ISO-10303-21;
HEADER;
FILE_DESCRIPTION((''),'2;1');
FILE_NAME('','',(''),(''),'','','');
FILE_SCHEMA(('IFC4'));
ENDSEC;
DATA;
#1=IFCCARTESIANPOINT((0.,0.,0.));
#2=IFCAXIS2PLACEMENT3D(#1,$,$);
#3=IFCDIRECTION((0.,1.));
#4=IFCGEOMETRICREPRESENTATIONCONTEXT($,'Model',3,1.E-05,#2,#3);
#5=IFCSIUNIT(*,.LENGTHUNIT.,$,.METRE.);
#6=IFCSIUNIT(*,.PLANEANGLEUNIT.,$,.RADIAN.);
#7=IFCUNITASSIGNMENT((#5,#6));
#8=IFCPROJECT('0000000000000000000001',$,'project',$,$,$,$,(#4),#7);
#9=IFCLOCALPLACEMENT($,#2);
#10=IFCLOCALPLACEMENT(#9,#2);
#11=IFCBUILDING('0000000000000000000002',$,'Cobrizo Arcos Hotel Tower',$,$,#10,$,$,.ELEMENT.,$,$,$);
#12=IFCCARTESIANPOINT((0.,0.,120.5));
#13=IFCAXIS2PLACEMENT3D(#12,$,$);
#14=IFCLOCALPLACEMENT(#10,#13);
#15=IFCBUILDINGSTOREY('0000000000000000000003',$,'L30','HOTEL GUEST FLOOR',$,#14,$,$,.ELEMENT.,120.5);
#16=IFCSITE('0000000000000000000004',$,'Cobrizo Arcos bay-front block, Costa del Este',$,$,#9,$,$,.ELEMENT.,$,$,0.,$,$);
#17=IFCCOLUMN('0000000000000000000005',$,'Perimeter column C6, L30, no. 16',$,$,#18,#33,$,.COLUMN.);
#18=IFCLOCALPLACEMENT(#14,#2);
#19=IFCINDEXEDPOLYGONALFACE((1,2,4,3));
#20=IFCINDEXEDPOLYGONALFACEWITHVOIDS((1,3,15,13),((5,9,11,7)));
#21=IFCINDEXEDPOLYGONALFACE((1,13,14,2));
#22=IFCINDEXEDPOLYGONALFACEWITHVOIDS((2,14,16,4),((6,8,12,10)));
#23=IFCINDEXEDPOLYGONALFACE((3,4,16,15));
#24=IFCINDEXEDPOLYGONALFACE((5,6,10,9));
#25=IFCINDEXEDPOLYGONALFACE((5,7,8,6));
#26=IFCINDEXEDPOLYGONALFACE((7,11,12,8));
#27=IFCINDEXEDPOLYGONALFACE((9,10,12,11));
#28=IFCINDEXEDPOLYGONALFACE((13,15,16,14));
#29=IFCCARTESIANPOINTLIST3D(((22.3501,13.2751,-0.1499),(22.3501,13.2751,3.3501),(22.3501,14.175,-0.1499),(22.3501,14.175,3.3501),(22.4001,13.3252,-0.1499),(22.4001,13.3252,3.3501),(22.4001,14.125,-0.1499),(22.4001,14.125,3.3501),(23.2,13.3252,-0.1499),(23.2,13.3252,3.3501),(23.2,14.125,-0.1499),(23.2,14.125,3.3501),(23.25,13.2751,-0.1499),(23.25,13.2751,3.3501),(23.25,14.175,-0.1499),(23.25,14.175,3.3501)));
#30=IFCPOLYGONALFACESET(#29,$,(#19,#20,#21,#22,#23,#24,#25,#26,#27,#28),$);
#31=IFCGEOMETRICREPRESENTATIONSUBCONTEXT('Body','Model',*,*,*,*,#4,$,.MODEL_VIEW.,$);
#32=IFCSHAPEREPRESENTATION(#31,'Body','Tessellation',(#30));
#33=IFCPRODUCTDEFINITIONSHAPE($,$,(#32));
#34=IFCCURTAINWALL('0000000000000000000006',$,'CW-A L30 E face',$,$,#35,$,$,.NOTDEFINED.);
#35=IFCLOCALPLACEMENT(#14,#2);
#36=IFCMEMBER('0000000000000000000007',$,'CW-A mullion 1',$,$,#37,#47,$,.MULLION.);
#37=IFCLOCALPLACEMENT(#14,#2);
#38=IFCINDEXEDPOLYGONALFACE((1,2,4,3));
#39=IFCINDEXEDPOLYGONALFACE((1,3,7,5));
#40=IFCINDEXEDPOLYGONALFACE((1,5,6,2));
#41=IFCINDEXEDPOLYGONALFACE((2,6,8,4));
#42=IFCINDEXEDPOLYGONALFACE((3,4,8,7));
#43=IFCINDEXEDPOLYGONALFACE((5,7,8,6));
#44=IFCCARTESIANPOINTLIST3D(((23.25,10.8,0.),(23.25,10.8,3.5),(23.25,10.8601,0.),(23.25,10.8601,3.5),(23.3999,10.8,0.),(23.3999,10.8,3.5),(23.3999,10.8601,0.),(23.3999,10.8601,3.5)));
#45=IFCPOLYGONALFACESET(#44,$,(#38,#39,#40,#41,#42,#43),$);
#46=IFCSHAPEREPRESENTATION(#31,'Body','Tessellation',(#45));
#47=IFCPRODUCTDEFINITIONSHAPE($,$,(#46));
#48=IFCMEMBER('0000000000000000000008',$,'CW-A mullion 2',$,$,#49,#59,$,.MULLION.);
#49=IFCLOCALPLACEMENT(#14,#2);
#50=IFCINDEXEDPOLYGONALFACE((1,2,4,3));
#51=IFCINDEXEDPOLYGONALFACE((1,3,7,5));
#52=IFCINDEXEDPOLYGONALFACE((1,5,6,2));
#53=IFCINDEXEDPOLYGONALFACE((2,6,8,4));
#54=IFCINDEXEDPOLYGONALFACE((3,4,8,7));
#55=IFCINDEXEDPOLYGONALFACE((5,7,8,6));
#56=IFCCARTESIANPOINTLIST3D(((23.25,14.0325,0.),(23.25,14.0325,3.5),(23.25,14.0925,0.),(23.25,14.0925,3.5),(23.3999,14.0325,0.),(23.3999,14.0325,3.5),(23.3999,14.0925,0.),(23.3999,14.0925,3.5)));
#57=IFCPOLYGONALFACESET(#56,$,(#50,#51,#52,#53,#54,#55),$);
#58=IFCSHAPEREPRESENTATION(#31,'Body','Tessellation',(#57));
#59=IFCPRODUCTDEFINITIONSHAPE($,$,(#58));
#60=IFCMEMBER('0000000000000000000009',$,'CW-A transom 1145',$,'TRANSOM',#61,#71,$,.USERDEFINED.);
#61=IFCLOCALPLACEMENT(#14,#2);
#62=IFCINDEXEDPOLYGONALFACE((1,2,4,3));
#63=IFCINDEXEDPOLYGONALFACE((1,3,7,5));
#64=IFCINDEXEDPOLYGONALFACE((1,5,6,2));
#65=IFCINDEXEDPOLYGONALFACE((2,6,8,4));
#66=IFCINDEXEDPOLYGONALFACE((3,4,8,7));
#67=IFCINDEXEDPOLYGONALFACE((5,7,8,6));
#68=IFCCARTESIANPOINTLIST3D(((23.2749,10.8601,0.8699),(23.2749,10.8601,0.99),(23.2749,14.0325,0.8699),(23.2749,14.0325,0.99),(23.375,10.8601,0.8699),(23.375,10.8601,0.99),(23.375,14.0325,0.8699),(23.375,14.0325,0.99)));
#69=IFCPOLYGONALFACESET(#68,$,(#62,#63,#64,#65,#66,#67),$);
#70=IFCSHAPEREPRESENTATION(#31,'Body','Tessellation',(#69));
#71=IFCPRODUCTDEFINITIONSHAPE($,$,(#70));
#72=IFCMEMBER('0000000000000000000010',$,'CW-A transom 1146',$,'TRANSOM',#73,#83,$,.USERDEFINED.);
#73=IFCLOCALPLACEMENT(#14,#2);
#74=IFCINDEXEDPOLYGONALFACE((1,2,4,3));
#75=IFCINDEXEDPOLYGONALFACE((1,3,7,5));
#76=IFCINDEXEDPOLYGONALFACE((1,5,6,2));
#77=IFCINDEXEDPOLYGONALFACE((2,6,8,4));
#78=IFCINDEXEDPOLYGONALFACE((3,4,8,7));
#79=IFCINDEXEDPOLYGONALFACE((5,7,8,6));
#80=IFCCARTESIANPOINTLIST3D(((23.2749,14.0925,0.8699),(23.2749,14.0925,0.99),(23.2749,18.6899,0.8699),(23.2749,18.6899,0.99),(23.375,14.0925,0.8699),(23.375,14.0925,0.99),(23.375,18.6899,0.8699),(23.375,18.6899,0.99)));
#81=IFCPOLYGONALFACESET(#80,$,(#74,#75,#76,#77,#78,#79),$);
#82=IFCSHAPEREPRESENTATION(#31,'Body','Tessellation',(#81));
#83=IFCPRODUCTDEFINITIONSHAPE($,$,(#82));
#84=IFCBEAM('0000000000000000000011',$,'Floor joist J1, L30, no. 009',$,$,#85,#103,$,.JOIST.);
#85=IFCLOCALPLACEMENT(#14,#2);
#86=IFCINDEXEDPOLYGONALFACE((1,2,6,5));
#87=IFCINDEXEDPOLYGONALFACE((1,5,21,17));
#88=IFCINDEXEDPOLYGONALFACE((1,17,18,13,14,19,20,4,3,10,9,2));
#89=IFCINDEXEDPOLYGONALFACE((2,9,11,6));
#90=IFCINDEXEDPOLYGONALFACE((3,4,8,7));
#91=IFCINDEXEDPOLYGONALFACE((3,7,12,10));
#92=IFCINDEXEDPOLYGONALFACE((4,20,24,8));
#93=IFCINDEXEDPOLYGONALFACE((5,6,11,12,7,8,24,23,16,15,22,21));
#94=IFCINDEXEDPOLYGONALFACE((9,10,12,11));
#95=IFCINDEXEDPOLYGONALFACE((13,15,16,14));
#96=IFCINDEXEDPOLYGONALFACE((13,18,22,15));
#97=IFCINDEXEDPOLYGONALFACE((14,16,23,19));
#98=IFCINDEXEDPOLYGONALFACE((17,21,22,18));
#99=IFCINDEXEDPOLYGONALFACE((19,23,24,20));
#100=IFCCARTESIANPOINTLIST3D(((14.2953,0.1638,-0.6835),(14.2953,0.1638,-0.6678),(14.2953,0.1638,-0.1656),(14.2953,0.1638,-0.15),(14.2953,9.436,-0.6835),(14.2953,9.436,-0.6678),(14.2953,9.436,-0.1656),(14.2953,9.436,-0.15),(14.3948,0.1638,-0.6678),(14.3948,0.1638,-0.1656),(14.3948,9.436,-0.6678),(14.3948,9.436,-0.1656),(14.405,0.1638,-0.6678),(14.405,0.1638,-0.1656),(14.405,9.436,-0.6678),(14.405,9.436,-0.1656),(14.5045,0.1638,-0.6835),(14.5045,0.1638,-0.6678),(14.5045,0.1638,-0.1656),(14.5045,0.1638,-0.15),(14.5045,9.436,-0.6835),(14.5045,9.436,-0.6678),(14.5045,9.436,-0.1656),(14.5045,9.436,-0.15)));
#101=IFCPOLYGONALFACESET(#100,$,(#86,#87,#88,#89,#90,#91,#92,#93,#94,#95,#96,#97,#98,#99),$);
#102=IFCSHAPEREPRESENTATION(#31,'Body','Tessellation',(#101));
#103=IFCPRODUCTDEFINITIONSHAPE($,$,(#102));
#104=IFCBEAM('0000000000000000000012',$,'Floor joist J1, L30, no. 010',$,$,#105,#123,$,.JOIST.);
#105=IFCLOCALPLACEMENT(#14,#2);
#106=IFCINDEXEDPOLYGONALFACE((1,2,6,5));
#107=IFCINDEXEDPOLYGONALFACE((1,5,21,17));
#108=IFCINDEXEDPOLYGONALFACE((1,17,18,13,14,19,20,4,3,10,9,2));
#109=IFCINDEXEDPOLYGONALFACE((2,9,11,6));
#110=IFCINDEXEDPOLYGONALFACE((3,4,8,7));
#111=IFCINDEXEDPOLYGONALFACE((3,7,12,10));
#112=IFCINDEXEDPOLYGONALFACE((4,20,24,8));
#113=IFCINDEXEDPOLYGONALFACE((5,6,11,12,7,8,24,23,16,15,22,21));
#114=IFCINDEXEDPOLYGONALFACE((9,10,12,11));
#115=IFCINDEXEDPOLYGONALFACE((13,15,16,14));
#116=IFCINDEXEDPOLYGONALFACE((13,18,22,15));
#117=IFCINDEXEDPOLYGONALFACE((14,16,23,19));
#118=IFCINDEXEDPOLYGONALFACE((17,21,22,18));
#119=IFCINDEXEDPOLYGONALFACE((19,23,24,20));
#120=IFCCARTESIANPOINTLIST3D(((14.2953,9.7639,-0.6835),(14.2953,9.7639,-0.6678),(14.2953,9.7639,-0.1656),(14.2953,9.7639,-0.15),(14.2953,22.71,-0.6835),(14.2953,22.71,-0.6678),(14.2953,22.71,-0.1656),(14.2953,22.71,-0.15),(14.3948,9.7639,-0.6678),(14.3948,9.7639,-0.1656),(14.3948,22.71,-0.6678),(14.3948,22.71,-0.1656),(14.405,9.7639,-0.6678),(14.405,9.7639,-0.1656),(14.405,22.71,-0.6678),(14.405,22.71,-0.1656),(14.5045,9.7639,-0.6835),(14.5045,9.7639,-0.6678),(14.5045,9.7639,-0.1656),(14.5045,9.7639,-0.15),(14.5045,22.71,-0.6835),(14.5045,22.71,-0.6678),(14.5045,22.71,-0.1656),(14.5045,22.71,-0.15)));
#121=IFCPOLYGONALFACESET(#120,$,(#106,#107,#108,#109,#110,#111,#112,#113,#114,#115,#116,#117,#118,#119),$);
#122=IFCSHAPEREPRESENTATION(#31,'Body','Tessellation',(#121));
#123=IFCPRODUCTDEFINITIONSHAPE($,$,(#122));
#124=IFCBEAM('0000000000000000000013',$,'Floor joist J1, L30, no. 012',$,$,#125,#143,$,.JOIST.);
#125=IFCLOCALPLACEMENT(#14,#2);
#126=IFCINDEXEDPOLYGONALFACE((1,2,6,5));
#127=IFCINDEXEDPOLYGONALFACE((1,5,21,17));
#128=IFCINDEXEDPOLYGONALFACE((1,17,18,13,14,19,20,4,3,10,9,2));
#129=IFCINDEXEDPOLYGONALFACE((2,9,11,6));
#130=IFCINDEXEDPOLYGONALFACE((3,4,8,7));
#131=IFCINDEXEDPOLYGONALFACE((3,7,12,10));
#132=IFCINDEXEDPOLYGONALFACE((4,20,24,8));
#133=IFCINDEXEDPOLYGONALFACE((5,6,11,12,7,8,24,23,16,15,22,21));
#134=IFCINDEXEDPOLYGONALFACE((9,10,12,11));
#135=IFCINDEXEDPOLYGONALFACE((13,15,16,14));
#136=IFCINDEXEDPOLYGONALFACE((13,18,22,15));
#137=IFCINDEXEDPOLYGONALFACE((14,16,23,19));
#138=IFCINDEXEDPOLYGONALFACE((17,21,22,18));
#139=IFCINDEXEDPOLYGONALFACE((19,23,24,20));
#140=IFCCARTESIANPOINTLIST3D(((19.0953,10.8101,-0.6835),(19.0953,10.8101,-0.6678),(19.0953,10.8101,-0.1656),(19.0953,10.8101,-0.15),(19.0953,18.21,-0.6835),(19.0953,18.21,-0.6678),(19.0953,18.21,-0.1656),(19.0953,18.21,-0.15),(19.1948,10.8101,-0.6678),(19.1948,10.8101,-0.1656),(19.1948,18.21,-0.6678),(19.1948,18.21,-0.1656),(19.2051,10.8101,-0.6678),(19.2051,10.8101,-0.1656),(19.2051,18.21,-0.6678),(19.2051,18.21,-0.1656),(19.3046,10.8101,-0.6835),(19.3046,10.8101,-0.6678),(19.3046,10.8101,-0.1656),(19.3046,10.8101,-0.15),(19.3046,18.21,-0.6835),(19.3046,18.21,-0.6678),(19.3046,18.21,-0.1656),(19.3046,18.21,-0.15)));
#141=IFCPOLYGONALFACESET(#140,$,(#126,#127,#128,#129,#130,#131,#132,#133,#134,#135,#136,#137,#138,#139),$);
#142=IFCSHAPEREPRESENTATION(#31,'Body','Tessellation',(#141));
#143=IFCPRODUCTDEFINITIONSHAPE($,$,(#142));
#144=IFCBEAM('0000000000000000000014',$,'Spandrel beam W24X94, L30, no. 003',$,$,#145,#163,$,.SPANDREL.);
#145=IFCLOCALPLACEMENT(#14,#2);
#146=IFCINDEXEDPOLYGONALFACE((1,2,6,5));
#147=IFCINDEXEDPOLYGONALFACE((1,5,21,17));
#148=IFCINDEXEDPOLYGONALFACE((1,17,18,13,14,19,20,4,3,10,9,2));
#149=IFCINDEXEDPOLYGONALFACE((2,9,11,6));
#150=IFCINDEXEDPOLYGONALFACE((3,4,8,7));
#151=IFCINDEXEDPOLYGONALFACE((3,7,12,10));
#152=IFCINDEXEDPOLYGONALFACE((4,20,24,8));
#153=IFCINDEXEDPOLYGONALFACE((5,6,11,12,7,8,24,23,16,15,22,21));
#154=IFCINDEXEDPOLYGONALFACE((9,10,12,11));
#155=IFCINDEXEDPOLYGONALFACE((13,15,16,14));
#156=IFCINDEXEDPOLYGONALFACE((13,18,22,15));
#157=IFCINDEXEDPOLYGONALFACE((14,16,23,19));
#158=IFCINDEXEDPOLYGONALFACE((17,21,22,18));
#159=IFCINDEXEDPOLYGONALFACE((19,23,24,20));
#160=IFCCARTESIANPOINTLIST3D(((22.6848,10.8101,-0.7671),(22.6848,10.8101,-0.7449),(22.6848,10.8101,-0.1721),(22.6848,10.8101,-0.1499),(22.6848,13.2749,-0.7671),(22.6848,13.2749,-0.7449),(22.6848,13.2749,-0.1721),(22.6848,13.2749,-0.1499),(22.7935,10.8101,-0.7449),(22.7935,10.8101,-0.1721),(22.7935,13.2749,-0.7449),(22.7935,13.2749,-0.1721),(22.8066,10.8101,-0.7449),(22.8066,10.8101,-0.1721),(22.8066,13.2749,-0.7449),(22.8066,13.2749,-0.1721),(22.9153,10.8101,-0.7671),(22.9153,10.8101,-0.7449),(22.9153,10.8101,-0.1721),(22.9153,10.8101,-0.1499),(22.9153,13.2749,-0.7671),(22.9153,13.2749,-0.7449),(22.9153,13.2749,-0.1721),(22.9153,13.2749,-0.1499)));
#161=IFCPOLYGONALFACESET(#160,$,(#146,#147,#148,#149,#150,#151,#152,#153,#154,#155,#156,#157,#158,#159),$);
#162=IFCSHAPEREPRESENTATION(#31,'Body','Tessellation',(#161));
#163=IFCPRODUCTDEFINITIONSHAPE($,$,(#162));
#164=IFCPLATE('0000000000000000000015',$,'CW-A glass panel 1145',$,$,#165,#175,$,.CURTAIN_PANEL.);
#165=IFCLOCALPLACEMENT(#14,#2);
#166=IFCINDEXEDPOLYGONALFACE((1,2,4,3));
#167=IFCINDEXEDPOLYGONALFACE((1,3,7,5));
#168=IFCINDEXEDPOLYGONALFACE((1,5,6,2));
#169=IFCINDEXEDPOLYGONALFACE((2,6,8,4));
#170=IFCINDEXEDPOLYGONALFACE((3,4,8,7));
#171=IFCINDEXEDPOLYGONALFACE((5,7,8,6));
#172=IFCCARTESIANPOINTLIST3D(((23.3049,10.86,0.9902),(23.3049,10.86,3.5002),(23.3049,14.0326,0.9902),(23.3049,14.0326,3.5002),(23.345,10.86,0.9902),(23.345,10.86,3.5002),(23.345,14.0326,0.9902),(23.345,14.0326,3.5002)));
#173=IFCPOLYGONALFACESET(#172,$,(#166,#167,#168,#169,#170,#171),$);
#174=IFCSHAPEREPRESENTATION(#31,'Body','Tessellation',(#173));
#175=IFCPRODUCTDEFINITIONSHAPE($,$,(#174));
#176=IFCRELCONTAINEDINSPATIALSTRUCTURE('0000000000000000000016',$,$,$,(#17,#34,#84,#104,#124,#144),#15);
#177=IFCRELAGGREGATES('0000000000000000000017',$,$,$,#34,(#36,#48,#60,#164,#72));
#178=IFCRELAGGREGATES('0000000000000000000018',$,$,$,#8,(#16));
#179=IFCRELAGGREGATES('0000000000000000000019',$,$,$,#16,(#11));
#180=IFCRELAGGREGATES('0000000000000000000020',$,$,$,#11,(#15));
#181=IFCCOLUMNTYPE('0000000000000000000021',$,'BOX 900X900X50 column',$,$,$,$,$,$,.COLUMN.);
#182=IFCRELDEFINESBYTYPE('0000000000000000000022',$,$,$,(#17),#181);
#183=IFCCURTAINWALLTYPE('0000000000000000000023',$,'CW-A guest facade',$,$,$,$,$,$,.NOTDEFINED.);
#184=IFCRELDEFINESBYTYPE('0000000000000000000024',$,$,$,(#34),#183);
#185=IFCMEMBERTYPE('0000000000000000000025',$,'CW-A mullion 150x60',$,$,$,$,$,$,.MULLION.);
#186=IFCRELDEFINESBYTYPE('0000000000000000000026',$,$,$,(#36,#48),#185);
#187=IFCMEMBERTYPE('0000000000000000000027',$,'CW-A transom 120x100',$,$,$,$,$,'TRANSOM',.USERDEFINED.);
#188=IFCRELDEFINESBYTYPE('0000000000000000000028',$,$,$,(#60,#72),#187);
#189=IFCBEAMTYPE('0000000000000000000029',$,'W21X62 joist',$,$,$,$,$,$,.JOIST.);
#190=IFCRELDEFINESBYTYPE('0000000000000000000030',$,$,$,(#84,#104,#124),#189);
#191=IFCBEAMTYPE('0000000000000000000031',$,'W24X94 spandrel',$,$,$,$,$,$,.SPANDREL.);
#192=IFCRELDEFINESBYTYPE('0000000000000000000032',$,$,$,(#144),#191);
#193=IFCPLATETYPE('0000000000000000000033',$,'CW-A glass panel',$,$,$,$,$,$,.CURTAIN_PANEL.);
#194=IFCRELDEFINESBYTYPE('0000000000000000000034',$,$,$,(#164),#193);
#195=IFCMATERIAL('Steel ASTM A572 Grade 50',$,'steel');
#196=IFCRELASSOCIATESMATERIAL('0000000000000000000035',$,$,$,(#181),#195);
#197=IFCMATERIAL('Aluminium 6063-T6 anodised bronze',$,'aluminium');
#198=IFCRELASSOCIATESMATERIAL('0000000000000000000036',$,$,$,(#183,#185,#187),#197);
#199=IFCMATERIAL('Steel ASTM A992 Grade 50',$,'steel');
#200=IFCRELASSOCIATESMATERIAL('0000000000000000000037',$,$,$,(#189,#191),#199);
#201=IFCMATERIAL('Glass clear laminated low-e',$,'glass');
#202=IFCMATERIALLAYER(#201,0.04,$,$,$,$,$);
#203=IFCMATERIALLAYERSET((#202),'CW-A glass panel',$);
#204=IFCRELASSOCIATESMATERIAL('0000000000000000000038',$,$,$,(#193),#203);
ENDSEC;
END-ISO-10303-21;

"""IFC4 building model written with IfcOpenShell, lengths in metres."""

from ifc_helpers import new_model, si_unit, direction, frame, origin, origin_2d, place, context, subcontext, project, spatial, rectangle, hollow_rectangle, i_section, extrude, material, layer, layer_set, material_profile, profile_set, type_object, element, aggregate, save


model = new_model("IFC4")

# Units and contexts
model_context = context("Model", 3, precision=1e-05, world=origin(), true_north=direction((0.0, 1.0)))
body_context = subcontext(model_context, "Body", "Model", "MODEL_VIEW")
ifc_project = project(units=[si_unit("LENGTHUNIT", "METRE"), si_unit("PLANEANGLEUNIT", "RADIAN")], contexts=[model_context])

# Site, building, storey
site_placement = place(None, origin())
site = spatial("IfcSite", under=ifc_project, at=site_placement, Name="Cobrizo Arcos bay-front block, Costa del Este", CompositionType="ELEMENT", RefElevation=0.0)
building_placement = place(site_placement, origin())
building = spatial("IfcBuilding", under=site, at=building_placement, Name="Cobrizo Arcos Hotel Tower", CompositionType="ELEMENT")
storey_placement = place(building_placement, frame((0.0, 0.0, 120.5)))
storey = spatial("IfcBuildingStorey", under=building, at=storey_placement, Name="L30", Description="HOTEL GUEST FLOOR", CompositionType="ELEMENT", Elevation=120.5)

# Column
ifc_material_1 = material(Name="Steel ASTM A572 Grade 50", Category="steel")
ifc_material_profile_1 = material_profile(ifc_material_1, hollow_rectangle(XDim=0.8999, YDim=0.8999, WallThickness=0.05, at=origin_2d()), Name="BOX 900X900X50")
ifc_profile_set_1 = profile_set([ifc_material_profile_1], Name="Steel ASTM A572 Grade 50")
column_type = type_object("IfcColumnType", Name="BOX 900X900X50 column", PredefinedType="COLUMN", material=ifc_profile_set_1)
column_placement = place(storey_placement, frame((22.8, 13.7251, -0.1499), z_axis=(0.0, 0.0, 1.0), x_axis=(1.0, 0.0, 0.0)))
element("IfcColumn", 1, at=column_placement, inside=storey, type_object=column_type, Name="Perimeter column C6, L30, no. 16", PredefinedType="COLUMN", context=body_context, shape_type="SweptSolid", body=[
    extrude(hollow_rectangle(XDim=0.8999, YDim=0.8999, WallThickness=0.05, at=origin_2d()), origin(), (0.0, 0.0, 1.0), 3.5),
])

# Curtain wall, members
ifc_material_2 = material(Name="Aluminium 6063-T6 anodised bronze", Category="aluminium")
curtain_wall_type = type_object("IfcCurtainWallType", Name="CW-A guest facade", PredefinedType="NOTDEFINED", material=ifc_material_2)
curtain_wall_placement = place(storey_placement, origin())
curtain_wall = element("IfcCurtainWall", 2, at=curtain_wall_placement, inside=storey, type_object=curtain_wall_type, Name="CW-A L30 E face", PredefinedType="NOTDEFINED")
ifc_material_profile_2 = material_profile(ifc_material_2, rectangle(XDim=0.1499, YDim=0.0601, at=origin_2d()), Name="CW-A mullion 150x60")
ifc_profile_set_2 = profile_set([ifc_material_profile_2], Name="Aluminium 6063-T6 anodised bronze")
member_type_1 = type_object("IfcMemberType", Name="CW-A mullion 150x60", PredefinedType="MULLION", material=ifc_profile_set_2)
member_1_placement = place(storey_placement, frame((23.325, 10.8301, 0.0), z_axis=(0.0, 0.0, 1.0), x_axis=(1.0, 0.0, 0.0)))
member_1 = element("IfcMember", 3, at=member_1_placement, type_object=member_type_1, Name="CW-A mullion 1", PredefinedType="MULLION", context=body_context, shape_type="SweptSolid", body=[
    extrude(rectangle(XDim=0.1499, YDim=0.0601, at=origin_2d()), origin(), (0.0, 0.0, 1.0), 3.5),
])
member_2_placement = place(storey_placement, frame((23.325, 14.0625, 0.0), z_axis=(0.0, 0.0, 1.0), x_axis=(1.0, 0.0, 0.0)))
member_2 = element("IfcMember", 4, at=member_2_placement, type_object=member_type_1, Name="CW-A mullion 2", PredefinedType="MULLION", context=body_context, shape_type="SweptSolid", body=[
    extrude(rectangle(XDim=0.1499, YDim=0.0601, at=origin_2d()), origin(), (0.0, 0.0, 1.0), 3.5),
])
ifc_material_profile_3 = material_profile(ifc_material_2, rectangle(XDim=0.1001, YDim=0.1201, at=origin_2d()), Name="CW-A transom 120x100")
ifc_profile_set_3 = profile_set([ifc_material_profile_3], Name="Aluminium 6063-T6 anodised bronze")
member_type_2 = type_object("IfcMemberType", Name="CW-A transom 120x100", ElementType="TRANSOM", PredefinedType="USERDEFINED", material=ifc_profile_set_3)
member_3_placement = place(storey_placement, frame((23.325, 10.8601, 0.9299), z_axis=(0.0, 1.0, 0.0), x_axis=(-1.0, 0.0, 0.0)))
member_3 = element("IfcMember", 5, at=member_3_placement, type_object=member_type_2, Name="CW-A transom 1145", ObjectType="TRANSOM", PredefinedType="USERDEFINED", context=body_context, shape_type="SweptSolid", body=[
    extrude(rectangle(XDim=0.1001, YDim=0.1201, at=origin_2d()), origin(), (0.0, 0.0, 1.0), 3.1724),
])
member_4_placement = place(storey_placement, frame((23.325, 14.0925, 0.9299), z_axis=(0.0, 1.0, 0.0), x_axis=(-1.0, 0.0, 0.0)))
member_4 = element("IfcMember", 6, at=member_4_placement, type_object=member_type_2, Name="CW-A transom 1146", ObjectType="TRANSOM", PredefinedType="USERDEFINED", context=body_context, shape_type="SweptSolid", body=[
    extrude(rectangle(XDim=0.1001, YDim=0.1201, at=origin_2d()), origin(), (0.0, 0.0, 1.0), 4.5974),
])

# Beams
ifc_material_3 = material(Name="Steel ASTM A992 Grade 50", Category="steel")
ifc_material_profile_4 = material_profile(ifc_material_3, i_section(OverallWidth=0.2092, OverallDepth=0.5334, WebThickness=0.0103, FlangeThickness=0.0156, at=origin_2d()), Name="W21X62")
ifc_profile_set_4 = profile_set([ifc_material_profile_4], Name="Steel ASTM A992 Grade 50")
beam_type_1 = type_object("IfcBeamType", Name="W21X62 joist", PredefinedType="JOIST", material=ifc_profile_set_4)
beam_1_placement = place(storey_placement, frame((14.3999, 0.1638, -0.4167), z_axis=(0.0, 1.0, 0.0), x_axis=(-1.0, 0.0, 0.0)))
element("IfcBeam", 7, at=beam_1_placement, inside=storey, type_object=beam_type_1, Name="Floor joist J1, L30, no. 009", PredefinedType="JOIST", context=body_context, shape_type="SweptSolid", body=[
    extrude(i_section(OverallWidth=0.2092, OverallDepth=0.5334, WebThickness=0.0103, FlangeThickness=0.0156, at=origin_2d()), origin(), (0.0, 0.0, 1.0), 9.2722),
])
beam_2_placement = place(storey_placement, frame((14.3999, 9.7639, -0.4167), z_axis=(0.0, 1.0, 0.0), x_axis=(-1.0, 0.0, 0.0)))
element("IfcBeam", 8, at=beam_2_placement, inside=storey, type_object=beam_type_1, Name="Floor joist J1, L30, no. 010", PredefinedType="JOIST", context=body_context, shape_type="SweptSolid", body=[
    extrude(i_section(OverallWidth=0.2092, OverallDepth=0.5334, WebThickness=0.0103, FlangeThickness=0.0156, at=origin_2d()), origin(), (0.0, 0.0, 1.0), 12.946),
])
beam_3_placement = place(storey_placement, frame((19.2, 10.8101, -0.4167), z_axis=(0.0, 1.0, 0.0), x_axis=(-1.0, 0.0, 0.0)))
element("IfcBeam", 9, at=beam_3_placement, inside=storey, type_object=beam_type_1, Name="Floor joist J1, L30, no. 012", PredefinedType="JOIST", context=body_context, shape_type="SweptSolid", body=[
    extrude(i_section(OverallWidth=0.2092, OverallDepth=0.5334, WebThickness=0.0103, FlangeThickness=0.0156, at=origin_2d()), origin(), (0.0, 0.0, 1.0), 7.3999),
])
ifc_material_profile_5 = material_profile(ifc_material_3, i_section(OverallWidth=0.2305, OverallDepth=0.6172, WebThickness=0.0132, FlangeThickness=0.0222, at=origin_2d()), Name="W24X94")
ifc_profile_set_5 = profile_set([ifc_material_profile_5], Name="Steel ASTM A992 Grade 50")
beam_type_2 = type_object("IfcBeamType", Name="W24X94 spandrel", PredefinedType="SPANDREL", material=ifc_profile_set_5)
beam_4_placement = place(storey_placement, frame((22.8, 13.2749, -0.4585), z_axis=(0.0, -1.0, 0.0), x_axis=(1.0, 0.0, 0.0)))
element("IfcBeam", 10, at=beam_4_placement, inside=storey, type_object=beam_type_2, Name="Spandrel beam W24X94, L30, no. 003", PredefinedType="SPANDREL", context=body_context, shape_type="SweptSolid", body=[
    extrude(i_section(OverallWidth=0.2305, OverallDepth=0.6172, WebThickness=0.0132, FlangeThickness=0.0222, at=origin_2d()), origin(), (0.0, 0.0, 1.0), 2.4648),
])

# Plate
ifc_material_4 = material(Name="Glass clear laminated low-e", Category="glass")
ifc_layer_1 = layer(ifc_material_4, 0.04)
ifc_layer_set_1 = layer_set([ifc_layer_1], Name="CW-A glass panel")
plate_type_1 = type_object("IfcPlateType", Name="CW-A glass panel", PredefinedType="CURTAIN_PANEL", material=ifc_layer_set_1)
plate_1_placement = place(storey_placement, frame((23.325, 12.4463, 0.9902), z_axis=(0.0, 0.0, 1.0), x_axis=(0.0, 1.0, 0.0)))
plate_1 = element("IfcPlate", 11, at=plate_1_placement, type_object=plate_type_1, Name="CW-A glass panel 1145", PredefinedType="CURTAIN_PANEL", context=body_context, shape_type="SweptSolid", body=[
    extrude(rectangle(XDim=3.1726, YDim=0.04, at=origin_2d()), origin(), (0.0, 0.0, 1.0), 2.51),
])
aggregate(curtain_wall, [member_1, member_2, member_3, plate_1, member_4])

save(model, "model.ifc")
